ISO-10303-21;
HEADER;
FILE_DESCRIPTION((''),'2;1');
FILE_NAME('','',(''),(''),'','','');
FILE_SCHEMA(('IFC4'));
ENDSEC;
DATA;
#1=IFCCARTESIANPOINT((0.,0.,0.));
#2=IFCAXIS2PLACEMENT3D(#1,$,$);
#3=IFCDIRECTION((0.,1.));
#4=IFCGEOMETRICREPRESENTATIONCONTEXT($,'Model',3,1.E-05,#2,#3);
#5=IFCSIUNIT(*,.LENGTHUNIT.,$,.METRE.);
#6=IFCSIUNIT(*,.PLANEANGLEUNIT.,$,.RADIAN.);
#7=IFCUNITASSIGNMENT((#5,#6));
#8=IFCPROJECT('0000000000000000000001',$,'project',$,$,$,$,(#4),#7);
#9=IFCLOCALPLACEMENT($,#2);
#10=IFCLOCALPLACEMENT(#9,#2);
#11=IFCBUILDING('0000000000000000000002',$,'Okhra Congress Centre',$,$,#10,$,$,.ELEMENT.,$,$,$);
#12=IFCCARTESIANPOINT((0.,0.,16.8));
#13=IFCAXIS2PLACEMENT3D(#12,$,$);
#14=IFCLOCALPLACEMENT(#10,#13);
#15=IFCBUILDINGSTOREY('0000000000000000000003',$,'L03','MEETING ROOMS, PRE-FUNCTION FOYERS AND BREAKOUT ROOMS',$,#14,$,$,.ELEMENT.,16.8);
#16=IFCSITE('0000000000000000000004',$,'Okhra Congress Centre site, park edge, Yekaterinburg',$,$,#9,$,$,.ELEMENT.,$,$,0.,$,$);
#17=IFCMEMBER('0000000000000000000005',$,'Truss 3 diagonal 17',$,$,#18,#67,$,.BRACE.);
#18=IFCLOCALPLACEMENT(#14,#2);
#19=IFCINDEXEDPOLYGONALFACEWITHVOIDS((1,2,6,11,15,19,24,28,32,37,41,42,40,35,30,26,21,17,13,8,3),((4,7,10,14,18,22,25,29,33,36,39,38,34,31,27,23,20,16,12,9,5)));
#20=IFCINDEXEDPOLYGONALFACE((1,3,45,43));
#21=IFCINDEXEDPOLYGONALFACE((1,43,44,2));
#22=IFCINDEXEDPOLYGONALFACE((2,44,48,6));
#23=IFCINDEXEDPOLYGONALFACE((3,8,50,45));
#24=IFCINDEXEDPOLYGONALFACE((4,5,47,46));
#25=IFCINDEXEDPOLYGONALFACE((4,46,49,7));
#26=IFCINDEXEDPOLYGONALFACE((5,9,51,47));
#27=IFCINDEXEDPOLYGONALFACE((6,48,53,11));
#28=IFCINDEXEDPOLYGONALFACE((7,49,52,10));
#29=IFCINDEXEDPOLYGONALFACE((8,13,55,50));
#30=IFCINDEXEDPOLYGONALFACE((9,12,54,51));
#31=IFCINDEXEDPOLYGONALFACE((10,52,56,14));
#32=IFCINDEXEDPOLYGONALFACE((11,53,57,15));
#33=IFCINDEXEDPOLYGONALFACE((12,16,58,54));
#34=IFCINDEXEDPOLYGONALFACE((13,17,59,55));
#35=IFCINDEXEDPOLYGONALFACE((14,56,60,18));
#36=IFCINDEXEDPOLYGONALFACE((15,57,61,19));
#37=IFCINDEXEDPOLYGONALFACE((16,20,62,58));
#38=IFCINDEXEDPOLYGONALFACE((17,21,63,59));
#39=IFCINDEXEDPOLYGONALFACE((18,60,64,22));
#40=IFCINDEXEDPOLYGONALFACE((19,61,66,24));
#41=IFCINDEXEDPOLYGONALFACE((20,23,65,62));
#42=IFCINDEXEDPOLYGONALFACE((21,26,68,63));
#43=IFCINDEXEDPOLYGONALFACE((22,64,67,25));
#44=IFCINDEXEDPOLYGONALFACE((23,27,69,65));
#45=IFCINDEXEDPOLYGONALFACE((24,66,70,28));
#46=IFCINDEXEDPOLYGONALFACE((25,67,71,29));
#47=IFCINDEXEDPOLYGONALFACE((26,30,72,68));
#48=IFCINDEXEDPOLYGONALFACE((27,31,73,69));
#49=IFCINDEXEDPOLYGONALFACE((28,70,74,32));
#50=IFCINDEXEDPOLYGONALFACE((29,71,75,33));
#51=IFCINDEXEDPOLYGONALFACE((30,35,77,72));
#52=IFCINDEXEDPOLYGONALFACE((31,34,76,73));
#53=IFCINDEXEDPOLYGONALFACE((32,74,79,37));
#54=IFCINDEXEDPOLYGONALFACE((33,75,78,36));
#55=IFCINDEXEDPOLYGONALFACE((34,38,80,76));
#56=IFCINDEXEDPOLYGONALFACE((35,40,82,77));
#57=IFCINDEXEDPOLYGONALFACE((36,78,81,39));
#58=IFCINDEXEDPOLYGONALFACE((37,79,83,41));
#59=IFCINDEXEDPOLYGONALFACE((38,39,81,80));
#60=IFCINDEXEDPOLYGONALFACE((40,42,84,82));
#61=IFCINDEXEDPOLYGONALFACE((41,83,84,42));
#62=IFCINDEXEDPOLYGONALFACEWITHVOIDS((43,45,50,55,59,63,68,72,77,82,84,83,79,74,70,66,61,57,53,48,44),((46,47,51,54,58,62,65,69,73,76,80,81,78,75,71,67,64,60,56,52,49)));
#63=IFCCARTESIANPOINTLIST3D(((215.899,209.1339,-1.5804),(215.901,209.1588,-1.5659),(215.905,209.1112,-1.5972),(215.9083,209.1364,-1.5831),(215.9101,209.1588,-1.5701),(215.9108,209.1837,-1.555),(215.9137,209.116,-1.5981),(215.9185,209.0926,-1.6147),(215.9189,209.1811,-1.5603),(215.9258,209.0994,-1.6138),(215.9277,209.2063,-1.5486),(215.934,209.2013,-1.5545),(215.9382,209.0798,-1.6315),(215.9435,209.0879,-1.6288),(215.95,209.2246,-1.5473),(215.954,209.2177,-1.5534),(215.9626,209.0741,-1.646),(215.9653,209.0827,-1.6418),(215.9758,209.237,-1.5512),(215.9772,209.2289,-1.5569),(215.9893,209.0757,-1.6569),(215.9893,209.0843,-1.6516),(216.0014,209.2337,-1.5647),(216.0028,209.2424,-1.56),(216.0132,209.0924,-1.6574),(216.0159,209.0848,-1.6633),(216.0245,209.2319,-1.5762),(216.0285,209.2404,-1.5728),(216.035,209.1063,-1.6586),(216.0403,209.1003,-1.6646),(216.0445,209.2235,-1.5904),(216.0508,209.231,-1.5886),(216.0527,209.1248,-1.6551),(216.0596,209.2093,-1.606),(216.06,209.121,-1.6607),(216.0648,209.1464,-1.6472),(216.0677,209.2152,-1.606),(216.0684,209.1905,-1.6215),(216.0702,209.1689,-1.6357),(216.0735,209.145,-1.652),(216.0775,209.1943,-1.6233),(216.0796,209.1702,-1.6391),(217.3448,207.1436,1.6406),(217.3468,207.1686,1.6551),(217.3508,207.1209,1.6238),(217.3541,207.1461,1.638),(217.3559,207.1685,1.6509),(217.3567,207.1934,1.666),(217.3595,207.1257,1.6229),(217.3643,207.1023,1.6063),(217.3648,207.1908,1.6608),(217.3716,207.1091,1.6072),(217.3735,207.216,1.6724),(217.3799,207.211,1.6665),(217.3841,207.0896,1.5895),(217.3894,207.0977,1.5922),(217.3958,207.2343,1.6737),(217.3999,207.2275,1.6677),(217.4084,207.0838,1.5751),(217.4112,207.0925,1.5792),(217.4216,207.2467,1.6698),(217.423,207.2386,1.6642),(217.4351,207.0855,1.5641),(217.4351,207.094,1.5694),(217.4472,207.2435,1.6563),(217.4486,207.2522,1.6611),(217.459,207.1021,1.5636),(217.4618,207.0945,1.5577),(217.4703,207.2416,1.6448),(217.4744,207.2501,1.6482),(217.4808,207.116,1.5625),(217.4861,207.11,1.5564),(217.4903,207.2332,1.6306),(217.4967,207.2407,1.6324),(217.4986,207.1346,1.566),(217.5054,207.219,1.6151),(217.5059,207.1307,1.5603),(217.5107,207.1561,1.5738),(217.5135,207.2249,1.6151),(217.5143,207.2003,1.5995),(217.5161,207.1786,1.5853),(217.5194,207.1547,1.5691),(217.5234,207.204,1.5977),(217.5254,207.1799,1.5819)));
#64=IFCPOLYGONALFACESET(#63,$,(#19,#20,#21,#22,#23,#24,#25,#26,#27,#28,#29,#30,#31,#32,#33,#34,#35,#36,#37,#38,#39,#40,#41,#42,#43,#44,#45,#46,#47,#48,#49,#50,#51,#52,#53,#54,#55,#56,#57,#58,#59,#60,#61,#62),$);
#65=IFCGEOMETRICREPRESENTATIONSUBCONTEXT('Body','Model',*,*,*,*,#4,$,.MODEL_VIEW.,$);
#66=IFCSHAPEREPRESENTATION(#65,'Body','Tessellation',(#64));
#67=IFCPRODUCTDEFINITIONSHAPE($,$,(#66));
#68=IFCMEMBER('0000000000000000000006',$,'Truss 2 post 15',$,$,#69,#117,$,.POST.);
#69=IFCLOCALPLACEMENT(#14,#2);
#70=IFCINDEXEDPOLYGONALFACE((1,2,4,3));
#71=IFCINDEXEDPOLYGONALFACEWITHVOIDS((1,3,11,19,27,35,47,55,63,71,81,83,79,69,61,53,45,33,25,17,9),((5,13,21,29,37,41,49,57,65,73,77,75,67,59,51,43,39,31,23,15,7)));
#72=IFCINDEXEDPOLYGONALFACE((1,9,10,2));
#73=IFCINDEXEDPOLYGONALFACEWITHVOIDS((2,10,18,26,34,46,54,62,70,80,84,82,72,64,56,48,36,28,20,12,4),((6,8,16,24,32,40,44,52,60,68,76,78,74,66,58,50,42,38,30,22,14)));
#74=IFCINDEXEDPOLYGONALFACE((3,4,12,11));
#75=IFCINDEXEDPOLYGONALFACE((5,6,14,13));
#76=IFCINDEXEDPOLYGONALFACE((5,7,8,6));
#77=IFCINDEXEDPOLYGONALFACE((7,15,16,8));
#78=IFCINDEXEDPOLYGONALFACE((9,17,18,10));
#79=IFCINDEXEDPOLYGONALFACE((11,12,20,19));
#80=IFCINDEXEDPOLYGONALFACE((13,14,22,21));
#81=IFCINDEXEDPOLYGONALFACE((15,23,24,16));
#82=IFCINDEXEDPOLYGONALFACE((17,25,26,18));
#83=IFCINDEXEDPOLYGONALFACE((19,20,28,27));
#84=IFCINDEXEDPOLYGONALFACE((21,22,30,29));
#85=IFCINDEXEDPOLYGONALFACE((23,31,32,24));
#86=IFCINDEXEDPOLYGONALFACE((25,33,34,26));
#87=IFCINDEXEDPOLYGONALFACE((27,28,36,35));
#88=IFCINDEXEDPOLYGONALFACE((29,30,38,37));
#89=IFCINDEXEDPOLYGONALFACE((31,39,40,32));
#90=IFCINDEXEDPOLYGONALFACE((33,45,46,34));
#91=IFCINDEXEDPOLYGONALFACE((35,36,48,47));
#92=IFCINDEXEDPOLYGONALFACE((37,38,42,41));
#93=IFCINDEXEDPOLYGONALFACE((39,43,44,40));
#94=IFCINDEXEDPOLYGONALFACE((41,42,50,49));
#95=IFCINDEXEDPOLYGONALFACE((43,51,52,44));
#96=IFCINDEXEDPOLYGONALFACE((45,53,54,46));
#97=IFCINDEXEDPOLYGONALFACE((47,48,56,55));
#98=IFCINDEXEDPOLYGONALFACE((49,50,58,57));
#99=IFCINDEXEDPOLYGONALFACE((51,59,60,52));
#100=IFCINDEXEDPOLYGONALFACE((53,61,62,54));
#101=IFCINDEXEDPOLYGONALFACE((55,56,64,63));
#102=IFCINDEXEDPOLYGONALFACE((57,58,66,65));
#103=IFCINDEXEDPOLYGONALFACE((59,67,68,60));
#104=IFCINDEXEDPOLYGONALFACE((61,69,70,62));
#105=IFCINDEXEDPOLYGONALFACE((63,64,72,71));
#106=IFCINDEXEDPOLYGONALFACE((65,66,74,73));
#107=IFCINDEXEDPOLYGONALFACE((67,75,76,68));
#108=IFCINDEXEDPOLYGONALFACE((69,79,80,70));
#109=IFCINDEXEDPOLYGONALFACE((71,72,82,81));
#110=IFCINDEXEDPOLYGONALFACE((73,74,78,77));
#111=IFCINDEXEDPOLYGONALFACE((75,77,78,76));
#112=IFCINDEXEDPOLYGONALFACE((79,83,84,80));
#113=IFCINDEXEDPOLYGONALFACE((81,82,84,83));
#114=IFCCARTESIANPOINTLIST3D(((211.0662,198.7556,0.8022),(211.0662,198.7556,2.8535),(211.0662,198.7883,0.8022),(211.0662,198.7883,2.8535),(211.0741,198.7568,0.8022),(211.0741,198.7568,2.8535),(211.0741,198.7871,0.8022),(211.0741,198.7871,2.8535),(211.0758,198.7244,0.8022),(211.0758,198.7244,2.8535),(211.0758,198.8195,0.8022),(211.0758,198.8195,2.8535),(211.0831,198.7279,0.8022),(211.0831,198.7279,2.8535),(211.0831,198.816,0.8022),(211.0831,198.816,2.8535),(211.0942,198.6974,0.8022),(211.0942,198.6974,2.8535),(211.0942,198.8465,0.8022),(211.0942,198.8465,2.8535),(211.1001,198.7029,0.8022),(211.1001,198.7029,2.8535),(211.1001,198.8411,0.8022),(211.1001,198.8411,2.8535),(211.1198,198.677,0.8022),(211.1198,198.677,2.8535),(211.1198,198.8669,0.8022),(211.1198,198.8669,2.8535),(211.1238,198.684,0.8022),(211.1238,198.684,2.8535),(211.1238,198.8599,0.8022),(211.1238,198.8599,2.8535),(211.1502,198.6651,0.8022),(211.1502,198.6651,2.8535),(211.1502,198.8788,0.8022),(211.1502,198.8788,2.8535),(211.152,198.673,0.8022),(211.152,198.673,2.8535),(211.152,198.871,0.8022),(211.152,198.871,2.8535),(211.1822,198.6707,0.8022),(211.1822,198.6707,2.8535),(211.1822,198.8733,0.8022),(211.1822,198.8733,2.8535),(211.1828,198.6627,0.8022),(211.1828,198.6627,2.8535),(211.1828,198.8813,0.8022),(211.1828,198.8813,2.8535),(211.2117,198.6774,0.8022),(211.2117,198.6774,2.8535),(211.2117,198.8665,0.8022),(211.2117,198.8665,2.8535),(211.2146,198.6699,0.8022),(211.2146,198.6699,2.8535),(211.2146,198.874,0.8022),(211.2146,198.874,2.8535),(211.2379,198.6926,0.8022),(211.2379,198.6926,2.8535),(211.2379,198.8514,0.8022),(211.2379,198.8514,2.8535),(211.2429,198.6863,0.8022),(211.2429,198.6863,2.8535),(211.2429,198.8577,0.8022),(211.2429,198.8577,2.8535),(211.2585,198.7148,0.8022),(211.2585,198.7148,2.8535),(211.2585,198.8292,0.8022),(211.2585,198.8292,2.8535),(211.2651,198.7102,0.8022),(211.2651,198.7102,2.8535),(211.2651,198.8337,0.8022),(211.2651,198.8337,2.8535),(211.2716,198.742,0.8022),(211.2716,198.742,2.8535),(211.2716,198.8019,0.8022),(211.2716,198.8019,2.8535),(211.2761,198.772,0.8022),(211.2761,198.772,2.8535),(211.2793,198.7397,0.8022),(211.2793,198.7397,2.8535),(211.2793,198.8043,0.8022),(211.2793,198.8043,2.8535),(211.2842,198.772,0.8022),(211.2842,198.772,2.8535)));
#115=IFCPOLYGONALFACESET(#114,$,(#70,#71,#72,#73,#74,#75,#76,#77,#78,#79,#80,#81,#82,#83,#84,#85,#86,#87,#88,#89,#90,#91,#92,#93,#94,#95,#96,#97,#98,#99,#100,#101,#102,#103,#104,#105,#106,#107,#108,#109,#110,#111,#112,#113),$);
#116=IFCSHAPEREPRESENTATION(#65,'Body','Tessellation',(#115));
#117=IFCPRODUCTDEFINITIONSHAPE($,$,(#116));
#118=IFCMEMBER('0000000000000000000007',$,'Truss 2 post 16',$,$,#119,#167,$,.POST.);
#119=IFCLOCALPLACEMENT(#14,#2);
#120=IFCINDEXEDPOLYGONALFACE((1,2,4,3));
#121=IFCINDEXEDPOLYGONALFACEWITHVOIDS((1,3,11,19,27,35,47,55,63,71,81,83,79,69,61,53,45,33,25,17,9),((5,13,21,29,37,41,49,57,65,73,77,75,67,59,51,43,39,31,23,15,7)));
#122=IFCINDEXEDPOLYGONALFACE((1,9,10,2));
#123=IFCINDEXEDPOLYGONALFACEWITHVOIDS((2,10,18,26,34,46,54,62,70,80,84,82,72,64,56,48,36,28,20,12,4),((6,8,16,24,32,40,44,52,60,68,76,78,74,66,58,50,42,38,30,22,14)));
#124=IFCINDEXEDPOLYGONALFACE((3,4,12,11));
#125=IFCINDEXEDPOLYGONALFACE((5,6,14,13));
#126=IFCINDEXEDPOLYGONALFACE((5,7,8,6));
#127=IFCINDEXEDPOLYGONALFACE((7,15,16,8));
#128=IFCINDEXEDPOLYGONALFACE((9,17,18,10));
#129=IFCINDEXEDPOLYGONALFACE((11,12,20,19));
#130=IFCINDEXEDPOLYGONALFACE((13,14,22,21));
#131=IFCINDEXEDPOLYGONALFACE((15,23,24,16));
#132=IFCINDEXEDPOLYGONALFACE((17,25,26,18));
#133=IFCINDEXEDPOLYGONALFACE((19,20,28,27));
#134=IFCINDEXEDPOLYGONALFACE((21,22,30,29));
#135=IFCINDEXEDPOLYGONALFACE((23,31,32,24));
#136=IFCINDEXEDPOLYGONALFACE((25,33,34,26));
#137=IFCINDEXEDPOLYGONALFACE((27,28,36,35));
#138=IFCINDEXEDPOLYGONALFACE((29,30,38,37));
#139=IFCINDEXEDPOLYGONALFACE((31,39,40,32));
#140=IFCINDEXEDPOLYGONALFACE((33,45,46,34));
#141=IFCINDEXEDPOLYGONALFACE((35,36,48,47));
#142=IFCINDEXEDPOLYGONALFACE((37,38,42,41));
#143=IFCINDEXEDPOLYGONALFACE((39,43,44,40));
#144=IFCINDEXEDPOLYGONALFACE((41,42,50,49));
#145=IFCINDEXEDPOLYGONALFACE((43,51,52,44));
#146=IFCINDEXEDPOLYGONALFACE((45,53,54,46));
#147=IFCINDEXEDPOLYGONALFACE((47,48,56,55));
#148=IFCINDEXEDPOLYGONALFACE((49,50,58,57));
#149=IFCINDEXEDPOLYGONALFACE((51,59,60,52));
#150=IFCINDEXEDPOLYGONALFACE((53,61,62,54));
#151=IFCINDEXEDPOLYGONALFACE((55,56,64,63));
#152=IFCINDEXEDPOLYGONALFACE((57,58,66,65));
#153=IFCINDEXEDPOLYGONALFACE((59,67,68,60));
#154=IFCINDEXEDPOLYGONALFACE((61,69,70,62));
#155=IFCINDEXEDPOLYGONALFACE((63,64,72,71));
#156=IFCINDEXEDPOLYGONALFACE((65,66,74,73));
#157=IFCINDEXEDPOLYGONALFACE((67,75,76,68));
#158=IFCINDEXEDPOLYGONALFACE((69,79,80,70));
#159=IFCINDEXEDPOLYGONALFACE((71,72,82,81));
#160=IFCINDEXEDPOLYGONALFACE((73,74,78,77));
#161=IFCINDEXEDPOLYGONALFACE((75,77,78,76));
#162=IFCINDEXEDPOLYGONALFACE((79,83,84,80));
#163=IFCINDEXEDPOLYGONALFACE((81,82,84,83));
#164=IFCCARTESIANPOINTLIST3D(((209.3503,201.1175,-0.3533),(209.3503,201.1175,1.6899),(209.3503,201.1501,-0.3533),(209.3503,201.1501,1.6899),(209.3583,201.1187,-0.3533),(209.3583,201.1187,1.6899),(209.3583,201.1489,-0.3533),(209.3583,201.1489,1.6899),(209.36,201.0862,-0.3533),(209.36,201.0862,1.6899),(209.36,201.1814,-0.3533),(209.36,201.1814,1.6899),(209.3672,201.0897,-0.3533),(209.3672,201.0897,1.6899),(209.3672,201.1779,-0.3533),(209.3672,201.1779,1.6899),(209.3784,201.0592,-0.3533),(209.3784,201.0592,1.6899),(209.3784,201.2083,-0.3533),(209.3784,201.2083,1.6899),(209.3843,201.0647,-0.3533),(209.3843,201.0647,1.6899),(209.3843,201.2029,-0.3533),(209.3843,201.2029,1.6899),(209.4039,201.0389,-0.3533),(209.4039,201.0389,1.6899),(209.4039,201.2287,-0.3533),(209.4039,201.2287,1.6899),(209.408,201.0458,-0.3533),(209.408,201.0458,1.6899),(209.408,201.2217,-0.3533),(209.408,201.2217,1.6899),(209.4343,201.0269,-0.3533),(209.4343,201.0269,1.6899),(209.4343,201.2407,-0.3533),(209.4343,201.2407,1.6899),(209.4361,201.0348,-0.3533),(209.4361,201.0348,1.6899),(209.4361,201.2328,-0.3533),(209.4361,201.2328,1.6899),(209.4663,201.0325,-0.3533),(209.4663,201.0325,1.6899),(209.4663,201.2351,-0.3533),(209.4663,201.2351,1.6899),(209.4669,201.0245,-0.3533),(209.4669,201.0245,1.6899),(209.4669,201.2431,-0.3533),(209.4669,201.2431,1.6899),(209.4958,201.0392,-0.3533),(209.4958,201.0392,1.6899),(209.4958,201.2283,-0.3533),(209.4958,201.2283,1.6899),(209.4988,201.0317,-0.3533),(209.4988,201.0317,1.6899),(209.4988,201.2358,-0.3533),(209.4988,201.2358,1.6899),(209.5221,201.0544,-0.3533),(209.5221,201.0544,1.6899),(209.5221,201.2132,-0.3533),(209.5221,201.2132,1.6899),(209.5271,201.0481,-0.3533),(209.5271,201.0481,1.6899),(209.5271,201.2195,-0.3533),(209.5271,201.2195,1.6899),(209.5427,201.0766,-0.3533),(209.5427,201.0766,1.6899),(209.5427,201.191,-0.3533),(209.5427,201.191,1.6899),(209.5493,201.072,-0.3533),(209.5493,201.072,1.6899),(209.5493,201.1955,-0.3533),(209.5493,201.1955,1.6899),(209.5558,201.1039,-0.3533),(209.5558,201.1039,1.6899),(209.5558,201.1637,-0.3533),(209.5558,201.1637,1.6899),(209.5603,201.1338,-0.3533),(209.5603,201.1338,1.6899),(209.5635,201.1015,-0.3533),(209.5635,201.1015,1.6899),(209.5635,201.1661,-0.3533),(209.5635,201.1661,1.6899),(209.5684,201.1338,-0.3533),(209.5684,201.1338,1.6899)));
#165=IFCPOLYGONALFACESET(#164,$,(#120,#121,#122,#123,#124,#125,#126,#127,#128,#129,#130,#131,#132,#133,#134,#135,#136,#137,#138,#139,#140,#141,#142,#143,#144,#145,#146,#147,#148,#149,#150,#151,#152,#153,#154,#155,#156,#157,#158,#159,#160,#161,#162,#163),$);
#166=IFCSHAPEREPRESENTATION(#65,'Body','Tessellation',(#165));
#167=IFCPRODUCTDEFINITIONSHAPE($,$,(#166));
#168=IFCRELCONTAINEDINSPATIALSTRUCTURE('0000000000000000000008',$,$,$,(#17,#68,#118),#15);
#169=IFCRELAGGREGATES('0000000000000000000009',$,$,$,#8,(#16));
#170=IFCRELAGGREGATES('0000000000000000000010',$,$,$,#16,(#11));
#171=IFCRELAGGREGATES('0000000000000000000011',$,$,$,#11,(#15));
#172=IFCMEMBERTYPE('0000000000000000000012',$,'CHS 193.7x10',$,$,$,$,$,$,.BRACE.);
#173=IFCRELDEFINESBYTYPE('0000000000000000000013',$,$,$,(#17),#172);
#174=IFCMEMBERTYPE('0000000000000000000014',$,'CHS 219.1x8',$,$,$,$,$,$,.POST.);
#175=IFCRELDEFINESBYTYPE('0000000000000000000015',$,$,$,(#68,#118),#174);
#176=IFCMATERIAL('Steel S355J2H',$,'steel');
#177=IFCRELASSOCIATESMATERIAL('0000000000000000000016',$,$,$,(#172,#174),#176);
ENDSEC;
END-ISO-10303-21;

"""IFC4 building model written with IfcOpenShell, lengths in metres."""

from ifc_helpers import new_model, si_unit, direction, frame, origin, origin_2d, place, context, subcontext, project, spatial, hollow_circle, extrude, material, material_profile, profile_set, type_object, element, save


model = new_model("IFC4")

# Units and contexts
model_context = context("Model", 3, precision=1e-05, world=origin(), true_north=direction((0.0, 1.0)))
body_context = subcontext(model_context, "Body", "Model", "MODEL_VIEW")
ifc_project = project(units=[si_unit("LENGTHUNIT", "METRE"), si_unit("PLANEANGLEUNIT", "RADIAN")], contexts=[model_context])

# Site, building, storey
site_placement = place(None, origin())
site = spatial("IfcSite", under=ifc_project, at=site_placement, Name="Okhra Congress Centre site, park edge, Yekaterinburg", CompositionType="ELEMENT", RefElevation=0.0)
building_placement = place(site_placement, origin())
building = spatial("IfcBuilding", under=site, at=building_placement, Name="Okhra Congress Centre", CompositionType="ELEMENT")
storey_placement = place(building_placement, frame((0.0, 0.0, 16.8)))
storey = spatial("IfcBuildingStorey", under=building, at=storey_placement, Name="L03", Description="MEETING ROOMS, PRE-FUNCTION FOYERS AND BREAKOUT ROOMS", CompositionType="ELEMENT", Elevation=16.8)

# Members
ifc_material_1 = material(Name="Steel S355J2H", Category="steel")
ifc_material_profile_1 = material_profile(ifc_material_1, hollow_circle(Radius=0.0969, WallThickness=0.01, at=origin_2d()), Name="CHS 193.7x10")
ifc_profile_set_1 = profile_set([ifc_material_profile_1], Name="Steel S355J2H")
member_type_1 = type_object("IfcMemberType", Name="CHS 193.7x10", PredefinedType="BRACE", material=ifc_profile_set_1)
member_1_placement = place(storey_placement, frame((215.9893, 209.1582, -1.606), z_axis=(0.356734, -0.491066, 0.79473), x_axis=(0.809054, 0.587735, 0.0)))
element("IfcMember", 1, at=member_1_placement, inside=storey, type_object=member_type_1, Name="Truss 3 diagonal 17", PredefinedType="BRACE", context=body_context, shape_type="SweptSolid", body=[
    extrude(hollow_circle(Radius=0.0969, WallThickness=0.01, at=origin_2d()), origin(), (0.0, 0.0, 1.0), 4.053),
])
ifc_material_profile_2 = material_profile(ifc_material_1, hollow_circle(Radius=0.1096, WallThickness=0.0081, at=origin_2d()), Name="CHS 219.1x8")
ifc_profile_set_2 = profile_set([ifc_material_profile_2], Name="Steel S355J2H")
member_type_2 = type_object("IfcMemberType", Name="CHS 219.1x8", PredefinedType="POST", material=ifc_profile_set_2)
member_2_placement = place(storey_placement, frame((211.1746, 198.772, 0.8022), z_axis=(0.0, 0.0, 1.0), x_axis=(1.0, 0.0, 0.0)))
element("IfcMember", 2, at=member_2_placement, inside=storey, type_object=member_type_2, Name="Truss 2 post 15", PredefinedType="POST", context=body_context, shape_type="SweptSolid", body=[
    extrude(hollow_circle(Radius=0.1096, WallThickness=0.0081, at=origin_2d()), origin(), (0.0, 0.0, 1.0), 2.0513),
])
member_3_placement = place(storey_placement, frame((209.4587, 201.1338, -0.3533), z_axis=(0.0, 0.0, 1.0), x_axis=(1.0, 0.0, 0.0)))
element("IfcMember", 3, at=member_3_placement, inside=storey, type_object=member_type_2, Name="Truss 2 post 16", PredefinedType="POST", context=body_context, shape_type="SweptSolid", body=[
    extrude(hollow_circle(Radius=0.1096, WallThickness=0.0081, at=origin_2d()), origin(), (0.0, 0.0, 1.0), 2.0432),
])

save(model, "model.ifc")
